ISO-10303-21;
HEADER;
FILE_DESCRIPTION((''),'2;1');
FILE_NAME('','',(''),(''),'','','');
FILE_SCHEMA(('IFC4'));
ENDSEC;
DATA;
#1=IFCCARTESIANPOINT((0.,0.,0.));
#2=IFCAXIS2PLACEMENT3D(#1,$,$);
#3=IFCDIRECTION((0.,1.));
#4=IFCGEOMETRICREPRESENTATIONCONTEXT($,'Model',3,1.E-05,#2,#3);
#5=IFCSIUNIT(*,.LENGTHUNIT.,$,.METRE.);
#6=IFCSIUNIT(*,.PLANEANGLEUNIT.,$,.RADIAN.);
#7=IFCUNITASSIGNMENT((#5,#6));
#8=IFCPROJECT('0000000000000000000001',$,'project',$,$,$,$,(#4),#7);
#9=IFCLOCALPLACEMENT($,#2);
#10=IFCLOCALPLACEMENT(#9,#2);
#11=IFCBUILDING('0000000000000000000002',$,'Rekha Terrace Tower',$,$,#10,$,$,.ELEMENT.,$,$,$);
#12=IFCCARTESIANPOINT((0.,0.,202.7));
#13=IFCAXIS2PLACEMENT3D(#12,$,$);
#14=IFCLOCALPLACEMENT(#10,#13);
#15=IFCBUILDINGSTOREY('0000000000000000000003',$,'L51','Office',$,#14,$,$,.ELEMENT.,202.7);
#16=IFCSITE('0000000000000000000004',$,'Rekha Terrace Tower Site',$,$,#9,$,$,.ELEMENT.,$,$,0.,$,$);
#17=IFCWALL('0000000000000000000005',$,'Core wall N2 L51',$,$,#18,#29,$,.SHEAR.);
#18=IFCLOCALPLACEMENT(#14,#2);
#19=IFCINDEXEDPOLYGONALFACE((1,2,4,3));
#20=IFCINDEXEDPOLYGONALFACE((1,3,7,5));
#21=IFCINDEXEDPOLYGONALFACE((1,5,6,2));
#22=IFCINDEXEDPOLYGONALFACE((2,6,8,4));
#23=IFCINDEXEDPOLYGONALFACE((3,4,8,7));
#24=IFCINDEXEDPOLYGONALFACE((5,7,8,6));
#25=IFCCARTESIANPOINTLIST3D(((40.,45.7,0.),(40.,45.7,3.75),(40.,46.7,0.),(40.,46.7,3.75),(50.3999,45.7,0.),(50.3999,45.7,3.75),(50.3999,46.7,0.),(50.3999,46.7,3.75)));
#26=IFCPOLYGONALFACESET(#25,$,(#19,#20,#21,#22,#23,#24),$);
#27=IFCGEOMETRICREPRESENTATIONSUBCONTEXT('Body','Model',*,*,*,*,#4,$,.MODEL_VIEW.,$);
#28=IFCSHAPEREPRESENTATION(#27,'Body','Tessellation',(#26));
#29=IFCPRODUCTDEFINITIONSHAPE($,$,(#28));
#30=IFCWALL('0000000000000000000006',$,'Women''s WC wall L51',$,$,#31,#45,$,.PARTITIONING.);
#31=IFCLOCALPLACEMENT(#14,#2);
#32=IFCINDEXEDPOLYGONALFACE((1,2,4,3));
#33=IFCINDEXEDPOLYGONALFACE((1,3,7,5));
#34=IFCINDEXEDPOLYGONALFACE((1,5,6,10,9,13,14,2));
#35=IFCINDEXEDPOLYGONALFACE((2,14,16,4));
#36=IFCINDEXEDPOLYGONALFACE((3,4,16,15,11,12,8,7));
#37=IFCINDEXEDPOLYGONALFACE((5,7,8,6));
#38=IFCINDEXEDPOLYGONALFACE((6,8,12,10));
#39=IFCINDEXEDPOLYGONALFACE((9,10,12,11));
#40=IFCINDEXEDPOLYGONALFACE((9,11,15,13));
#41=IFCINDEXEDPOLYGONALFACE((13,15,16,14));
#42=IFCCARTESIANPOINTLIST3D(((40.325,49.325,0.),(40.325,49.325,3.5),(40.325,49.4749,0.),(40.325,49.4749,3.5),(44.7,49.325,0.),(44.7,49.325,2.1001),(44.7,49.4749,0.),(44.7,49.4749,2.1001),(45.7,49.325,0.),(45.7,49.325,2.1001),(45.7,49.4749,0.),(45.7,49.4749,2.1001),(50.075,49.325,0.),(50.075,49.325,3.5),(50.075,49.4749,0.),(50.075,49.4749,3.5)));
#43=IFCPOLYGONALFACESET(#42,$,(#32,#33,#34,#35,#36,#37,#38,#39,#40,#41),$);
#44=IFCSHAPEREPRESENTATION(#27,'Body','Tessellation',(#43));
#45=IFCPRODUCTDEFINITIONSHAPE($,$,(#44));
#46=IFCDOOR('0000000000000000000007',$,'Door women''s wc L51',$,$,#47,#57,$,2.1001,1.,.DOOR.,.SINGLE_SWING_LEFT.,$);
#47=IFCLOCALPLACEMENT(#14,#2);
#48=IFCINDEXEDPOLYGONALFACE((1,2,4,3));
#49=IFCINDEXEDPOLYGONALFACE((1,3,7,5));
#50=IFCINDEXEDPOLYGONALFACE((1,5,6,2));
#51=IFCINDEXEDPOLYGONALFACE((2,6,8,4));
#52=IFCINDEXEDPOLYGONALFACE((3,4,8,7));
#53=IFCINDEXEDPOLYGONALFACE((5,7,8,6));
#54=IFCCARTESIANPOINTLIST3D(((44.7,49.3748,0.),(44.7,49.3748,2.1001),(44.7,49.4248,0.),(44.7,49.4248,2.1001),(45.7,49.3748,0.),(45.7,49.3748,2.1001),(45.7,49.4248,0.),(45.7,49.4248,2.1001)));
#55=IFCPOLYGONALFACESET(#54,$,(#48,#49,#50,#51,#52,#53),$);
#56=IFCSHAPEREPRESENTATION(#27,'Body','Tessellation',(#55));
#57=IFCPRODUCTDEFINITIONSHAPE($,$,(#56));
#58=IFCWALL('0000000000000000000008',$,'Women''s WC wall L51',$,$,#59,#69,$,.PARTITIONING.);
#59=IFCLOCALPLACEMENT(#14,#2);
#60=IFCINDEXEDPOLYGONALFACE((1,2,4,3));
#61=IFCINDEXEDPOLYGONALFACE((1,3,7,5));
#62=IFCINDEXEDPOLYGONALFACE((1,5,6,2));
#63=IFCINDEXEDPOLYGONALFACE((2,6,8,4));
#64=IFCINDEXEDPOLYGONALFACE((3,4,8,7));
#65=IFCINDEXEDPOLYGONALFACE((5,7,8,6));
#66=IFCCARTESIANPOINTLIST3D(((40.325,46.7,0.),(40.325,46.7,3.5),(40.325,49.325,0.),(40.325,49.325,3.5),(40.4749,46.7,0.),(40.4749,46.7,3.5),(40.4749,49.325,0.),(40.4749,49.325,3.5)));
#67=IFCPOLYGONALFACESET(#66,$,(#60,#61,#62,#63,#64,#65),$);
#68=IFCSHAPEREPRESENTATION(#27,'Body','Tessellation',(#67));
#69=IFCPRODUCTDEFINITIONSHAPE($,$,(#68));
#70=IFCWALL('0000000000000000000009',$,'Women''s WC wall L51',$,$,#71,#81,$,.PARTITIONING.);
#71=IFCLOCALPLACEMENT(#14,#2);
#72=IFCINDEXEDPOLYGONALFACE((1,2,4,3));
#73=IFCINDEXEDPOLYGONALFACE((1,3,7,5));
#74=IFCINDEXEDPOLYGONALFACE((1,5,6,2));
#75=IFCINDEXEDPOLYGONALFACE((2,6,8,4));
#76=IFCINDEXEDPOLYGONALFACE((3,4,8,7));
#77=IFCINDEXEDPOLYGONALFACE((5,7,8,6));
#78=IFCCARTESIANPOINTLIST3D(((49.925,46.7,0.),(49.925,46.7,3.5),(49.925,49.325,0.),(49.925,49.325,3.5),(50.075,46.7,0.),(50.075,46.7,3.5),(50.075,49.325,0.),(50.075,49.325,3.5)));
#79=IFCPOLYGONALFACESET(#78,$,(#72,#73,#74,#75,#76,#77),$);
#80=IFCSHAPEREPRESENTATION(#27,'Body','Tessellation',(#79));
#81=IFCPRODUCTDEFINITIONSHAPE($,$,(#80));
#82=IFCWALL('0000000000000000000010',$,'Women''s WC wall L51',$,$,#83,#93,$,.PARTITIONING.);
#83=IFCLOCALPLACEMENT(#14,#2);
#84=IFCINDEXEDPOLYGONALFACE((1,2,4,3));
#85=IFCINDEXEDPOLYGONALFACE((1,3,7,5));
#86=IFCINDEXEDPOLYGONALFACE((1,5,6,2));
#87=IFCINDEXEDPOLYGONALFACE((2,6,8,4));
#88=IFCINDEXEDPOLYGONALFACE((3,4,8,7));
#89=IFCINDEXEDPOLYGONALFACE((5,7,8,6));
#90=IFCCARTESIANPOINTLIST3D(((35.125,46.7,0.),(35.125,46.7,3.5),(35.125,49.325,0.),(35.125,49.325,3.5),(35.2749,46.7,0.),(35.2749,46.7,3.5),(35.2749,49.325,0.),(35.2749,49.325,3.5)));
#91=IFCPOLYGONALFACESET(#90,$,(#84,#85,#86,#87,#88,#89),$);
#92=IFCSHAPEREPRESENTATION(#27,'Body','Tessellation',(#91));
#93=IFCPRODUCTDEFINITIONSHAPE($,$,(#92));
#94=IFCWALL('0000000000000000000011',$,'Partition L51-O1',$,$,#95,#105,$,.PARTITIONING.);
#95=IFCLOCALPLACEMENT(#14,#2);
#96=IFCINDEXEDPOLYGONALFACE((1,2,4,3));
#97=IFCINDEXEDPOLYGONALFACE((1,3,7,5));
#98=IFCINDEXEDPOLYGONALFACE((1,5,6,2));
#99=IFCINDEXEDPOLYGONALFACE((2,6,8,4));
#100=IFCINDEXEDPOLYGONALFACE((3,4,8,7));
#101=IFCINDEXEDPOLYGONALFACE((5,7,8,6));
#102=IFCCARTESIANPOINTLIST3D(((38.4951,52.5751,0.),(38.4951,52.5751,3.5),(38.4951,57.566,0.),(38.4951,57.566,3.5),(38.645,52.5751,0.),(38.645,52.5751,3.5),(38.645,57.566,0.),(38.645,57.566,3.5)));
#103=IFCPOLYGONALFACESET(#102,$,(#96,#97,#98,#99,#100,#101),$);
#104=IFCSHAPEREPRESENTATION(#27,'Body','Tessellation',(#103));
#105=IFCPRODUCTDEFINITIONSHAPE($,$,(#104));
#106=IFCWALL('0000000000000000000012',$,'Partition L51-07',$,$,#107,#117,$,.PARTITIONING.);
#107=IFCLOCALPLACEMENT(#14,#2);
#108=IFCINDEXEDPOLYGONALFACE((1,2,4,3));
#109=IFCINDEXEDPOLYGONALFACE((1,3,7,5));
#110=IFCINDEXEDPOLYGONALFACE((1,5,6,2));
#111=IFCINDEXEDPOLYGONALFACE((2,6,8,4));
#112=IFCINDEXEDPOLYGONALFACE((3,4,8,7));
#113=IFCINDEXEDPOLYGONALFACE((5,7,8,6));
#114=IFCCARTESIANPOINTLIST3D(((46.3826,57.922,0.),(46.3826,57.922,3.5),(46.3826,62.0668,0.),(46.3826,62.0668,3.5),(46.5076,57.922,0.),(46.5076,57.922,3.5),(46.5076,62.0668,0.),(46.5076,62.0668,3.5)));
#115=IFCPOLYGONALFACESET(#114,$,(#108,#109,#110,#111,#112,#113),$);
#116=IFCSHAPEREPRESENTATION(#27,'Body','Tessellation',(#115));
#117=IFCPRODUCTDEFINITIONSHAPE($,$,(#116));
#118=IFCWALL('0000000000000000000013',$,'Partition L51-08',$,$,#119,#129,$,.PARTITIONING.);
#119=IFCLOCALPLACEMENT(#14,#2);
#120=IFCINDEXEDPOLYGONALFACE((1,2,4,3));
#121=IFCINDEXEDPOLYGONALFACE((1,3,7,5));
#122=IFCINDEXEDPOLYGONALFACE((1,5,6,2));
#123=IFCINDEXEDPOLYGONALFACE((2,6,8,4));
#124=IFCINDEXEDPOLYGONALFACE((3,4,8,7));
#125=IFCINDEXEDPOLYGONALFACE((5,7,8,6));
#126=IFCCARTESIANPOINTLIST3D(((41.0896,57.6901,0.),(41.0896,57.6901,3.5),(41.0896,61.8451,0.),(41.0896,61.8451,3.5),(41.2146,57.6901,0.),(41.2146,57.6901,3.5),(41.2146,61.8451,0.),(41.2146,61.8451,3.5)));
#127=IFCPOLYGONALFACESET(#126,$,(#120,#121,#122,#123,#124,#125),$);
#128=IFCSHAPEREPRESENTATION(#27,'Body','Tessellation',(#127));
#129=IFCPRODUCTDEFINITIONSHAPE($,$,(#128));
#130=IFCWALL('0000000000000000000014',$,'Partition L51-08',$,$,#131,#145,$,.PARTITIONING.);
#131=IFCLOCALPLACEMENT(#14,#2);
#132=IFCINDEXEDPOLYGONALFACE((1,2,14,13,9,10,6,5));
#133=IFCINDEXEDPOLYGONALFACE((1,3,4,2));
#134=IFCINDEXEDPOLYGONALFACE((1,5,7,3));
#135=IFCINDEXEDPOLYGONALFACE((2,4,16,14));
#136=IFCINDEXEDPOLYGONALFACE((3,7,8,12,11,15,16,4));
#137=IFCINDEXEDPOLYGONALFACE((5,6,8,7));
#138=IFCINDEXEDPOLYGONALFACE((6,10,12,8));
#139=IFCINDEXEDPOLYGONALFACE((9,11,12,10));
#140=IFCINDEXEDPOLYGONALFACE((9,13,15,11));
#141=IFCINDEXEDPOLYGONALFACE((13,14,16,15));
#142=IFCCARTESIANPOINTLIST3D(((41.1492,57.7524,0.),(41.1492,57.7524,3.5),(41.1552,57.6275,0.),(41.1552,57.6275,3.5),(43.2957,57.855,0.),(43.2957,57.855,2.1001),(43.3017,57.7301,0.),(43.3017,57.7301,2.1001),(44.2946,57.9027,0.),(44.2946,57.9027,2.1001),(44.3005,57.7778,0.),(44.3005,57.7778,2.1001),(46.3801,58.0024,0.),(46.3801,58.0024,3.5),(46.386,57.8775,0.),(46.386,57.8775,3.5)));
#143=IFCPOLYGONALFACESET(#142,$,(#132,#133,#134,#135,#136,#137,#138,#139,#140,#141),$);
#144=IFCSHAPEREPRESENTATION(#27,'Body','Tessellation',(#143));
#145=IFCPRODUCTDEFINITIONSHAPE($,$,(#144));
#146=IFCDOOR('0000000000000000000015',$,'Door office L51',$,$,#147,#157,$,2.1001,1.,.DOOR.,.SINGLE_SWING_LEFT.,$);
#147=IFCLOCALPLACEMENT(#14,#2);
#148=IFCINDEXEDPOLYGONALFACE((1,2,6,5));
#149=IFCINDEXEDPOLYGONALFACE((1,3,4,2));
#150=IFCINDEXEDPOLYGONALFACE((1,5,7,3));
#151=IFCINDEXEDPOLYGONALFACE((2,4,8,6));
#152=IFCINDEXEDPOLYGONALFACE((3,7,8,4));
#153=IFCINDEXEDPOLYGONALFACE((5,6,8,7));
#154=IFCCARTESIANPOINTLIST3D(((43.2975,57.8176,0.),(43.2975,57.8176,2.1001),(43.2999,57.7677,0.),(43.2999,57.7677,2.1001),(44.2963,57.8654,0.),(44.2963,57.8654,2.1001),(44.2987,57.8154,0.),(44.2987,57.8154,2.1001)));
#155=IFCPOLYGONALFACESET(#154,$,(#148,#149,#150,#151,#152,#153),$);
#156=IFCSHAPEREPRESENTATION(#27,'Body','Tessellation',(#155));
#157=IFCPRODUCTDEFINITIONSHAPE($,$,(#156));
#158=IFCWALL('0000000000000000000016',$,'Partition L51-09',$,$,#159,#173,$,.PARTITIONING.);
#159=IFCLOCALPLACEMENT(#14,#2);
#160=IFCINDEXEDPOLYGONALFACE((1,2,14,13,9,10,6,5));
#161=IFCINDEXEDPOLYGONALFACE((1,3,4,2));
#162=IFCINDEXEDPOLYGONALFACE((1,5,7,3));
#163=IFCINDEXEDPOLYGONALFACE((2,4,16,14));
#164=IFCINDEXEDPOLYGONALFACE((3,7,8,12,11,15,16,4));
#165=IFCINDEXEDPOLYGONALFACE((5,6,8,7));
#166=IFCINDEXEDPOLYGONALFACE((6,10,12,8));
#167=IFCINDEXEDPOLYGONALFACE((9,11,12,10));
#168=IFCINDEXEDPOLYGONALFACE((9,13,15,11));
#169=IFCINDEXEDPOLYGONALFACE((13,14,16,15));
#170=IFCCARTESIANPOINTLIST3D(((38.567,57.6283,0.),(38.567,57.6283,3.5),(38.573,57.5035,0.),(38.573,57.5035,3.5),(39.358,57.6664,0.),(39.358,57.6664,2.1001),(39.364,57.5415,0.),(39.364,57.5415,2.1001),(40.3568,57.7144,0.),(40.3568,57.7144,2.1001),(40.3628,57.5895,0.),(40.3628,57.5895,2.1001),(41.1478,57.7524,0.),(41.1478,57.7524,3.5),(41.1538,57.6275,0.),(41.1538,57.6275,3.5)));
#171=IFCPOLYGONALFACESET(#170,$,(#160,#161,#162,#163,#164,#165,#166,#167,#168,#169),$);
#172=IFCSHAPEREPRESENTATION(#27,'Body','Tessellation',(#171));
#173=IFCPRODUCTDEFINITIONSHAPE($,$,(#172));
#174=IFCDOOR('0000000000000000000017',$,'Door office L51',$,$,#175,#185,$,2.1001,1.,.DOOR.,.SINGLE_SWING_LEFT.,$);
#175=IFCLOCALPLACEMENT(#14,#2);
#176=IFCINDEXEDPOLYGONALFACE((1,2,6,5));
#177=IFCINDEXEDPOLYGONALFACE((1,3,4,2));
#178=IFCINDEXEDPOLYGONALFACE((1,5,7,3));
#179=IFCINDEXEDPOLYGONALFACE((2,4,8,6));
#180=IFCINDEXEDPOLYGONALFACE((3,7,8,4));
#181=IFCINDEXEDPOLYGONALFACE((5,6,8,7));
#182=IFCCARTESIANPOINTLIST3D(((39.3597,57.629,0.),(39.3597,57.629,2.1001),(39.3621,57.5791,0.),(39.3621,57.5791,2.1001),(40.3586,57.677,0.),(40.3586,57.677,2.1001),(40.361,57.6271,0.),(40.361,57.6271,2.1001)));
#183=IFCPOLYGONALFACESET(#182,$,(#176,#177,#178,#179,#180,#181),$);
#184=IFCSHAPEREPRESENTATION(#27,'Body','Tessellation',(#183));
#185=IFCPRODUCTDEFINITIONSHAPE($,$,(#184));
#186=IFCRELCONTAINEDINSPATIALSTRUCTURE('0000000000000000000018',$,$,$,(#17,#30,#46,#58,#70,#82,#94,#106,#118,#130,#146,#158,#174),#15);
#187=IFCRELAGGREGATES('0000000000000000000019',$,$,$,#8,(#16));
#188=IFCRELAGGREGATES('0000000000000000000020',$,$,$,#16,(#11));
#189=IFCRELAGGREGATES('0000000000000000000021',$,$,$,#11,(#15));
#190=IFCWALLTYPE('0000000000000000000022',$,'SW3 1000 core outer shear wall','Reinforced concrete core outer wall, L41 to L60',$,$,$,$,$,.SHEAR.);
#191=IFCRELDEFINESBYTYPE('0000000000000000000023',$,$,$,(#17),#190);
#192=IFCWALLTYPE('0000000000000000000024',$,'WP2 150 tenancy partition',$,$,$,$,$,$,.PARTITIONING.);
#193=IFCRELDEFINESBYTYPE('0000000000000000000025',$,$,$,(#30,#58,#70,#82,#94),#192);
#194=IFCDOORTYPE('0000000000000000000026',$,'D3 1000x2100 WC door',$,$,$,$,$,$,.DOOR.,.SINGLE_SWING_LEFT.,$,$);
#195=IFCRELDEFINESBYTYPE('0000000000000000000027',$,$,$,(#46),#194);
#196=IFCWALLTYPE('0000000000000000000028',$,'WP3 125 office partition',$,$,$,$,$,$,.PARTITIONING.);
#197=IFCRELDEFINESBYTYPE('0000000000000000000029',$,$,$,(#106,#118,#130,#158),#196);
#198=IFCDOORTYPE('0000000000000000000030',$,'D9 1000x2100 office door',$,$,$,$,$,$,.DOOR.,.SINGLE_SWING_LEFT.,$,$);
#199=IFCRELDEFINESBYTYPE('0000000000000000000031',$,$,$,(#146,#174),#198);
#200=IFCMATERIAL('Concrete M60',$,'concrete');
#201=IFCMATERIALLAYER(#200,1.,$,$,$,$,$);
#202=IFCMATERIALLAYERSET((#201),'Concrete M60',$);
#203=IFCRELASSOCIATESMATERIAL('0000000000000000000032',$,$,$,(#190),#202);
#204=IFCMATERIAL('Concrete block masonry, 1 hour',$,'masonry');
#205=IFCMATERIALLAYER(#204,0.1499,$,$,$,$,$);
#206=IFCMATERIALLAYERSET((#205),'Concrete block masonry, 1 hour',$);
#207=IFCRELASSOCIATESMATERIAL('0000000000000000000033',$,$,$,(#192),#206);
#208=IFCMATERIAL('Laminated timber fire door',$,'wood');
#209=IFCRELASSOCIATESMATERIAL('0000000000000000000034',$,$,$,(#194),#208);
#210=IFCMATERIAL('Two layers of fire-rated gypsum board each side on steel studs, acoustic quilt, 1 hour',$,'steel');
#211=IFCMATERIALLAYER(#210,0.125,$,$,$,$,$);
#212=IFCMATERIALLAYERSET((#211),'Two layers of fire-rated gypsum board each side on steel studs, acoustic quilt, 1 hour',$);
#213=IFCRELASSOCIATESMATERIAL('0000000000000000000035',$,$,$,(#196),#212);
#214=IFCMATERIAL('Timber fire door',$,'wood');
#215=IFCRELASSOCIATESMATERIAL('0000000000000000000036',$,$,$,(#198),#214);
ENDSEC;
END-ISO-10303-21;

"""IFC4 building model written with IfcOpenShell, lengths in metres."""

from ifc_helpers import new_model, si_unit, direction, frame, frame_2d, origin, place, context, subcontext, project, spatial, rectangle, extrude, material, layer, layer_set, type_object, element, fill, save


model = new_model("IFC4")

# Units and contexts
model_context = context("Model", 3, precision=1e-05, world=origin(), true_north=direction((0.0, 1.0)))
body_context = subcontext(model_context, "Body", "Model", "MODEL_VIEW")
ifc_project = project(units=[si_unit("LENGTHUNIT", "METRE"), si_unit("PLANEANGLEUNIT", "RADIAN")], contexts=[model_context])

# Site, building, storey
site_placement = place(None, origin())
site = spatial("IfcSite", under=ifc_project, at=site_placement, Name="Rekha Terrace Tower Site", CompositionType="ELEMENT", RefElevation=0.0)
building_placement = place(site_placement, origin())
building = spatial("IfcBuilding", under=site, at=building_placement, Name="Rekha Terrace Tower", CompositionType="ELEMENT")
storey_placement = place(building_placement, frame((0.0, 0.0, 202.7)))
storey = spatial("IfcBuildingStorey", under=building, at=storey_placement, Name="L51", Description="Office", CompositionType="ELEMENT", Elevation=202.7)

# Shared definitions
ifc_material_1 = material(Name="Concrete M60", Category="concrete")

# Wall
ifc_layer_1 = layer(ifc_material_1, 1.0)
ifc_layer_set_1 = layer_set([ifc_layer_1], Name="Concrete M60")
wall_type_1 = type_object("IfcWallType", Name="SW3 1000 core outer shear wall", Description="Reinforced concrete core outer wall, L41 to L60", PredefinedType="SHEAR", material=ifc_layer_set_1)
wall_1_placement = place(storey_placement, frame((40.0, 46.2, 0.0), z_axis=(0.0, 0.0, 1.0), x_axis=(1.0, 0.0, 0.0)))
element("IfcWall", 1, at=wall_1_placement, inside=storey, type_object=wall_type_1, Name="Core wall N2 L51", PredefinedType="SHEAR", context=body_context, shape_type="SweptSolid", body=[
    extrude(rectangle(XDim=10.3999, YDim=1.0, at=frame_2d((5.2, 0.0))), origin(), (0.0, 0.0, 1.0), 3.75),
])

# Wall, opening, door
ifc_material_2 = material(Name="Concrete block masonry, 1 hour", Category="masonry")
ifc_layer_2 = layer(ifc_material_2, 0.1499)
ifc_layer_set_2 = layer_set([ifc_layer_2], Name="Concrete block masonry, 1 hour")
wall_type_2 = type_object("IfcWallType", Name="WP2 150 tenancy partition", PredefinedType="PARTITIONING", material=ifc_layer_set_2)
wall_2_placement = place(storey_placement, frame((40.325, 49.3999, 0.0), z_axis=(0.0, 0.0, 1.0), x_axis=(1.0, 0.0, 0.0)))
wall_2 = element("IfcWall", 2, at=wall_2_placement, inside=storey, type_object=wall_type_2, Name="Women's WC wall L51", PredefinedType="PARTITIONING", context=body_context, shape_type="SweptSolid", body=[
    extrude(rectangle(XDim=9.75, YDim=0.1499, at=frame_2d((4.875, 0.0))), origin(), (0.0, 0.0, 1.0), 3.5),
])
opening_1_placement = place(wall_2_placement, frame((4.375, 0.0, 0.0)))
opening_1 = element("IfcOpeningElement", 3, at=opening_1_placement, cuts=wall_2, PredefinedType="OPENING", context=body_context, shape_type="SweptSolid", body=[
    extrude(rectangle(XDim=1.0, YDim=2.1001, at=frame_2d((0.5, 1.05))), frame((0.0, 0.085, 0.0), z_axis=(0.0, -1.0, 0.0), x_axis=(1.0, 0.0, 0.0)), (0.0, 0.0, 1.0), 0.1699),
])
ifc_material_3 = material(Name="Laminated timber fire door", Category="wood")
door_type_1 = type_object("IfcDoorType", Name="D3 1000x2100 WC door", OperationType="SINGLE_SWING_LEFT", PredefinedType="DOOR", material=ifc_material_3)
door_1_placement = place(opening_1_placement, origin())
door_1 = element("IfcDoor", 4, at=door_1_placement, inside=storey, type_object=door_type_1, Name="Door women's wc L51", OperationType="SINGLE_SWING_LEFT", OverallHeight=2.1001, OverallWidth=1.0, PredefinedType="DOOR", context=body_context, shape_type="SweptSolid", body=[
    extrude(rectangle(XDim=1.0, YDim=2.1001, at=frame_2d((0.5, 1.05))), frame((0.0, 0.0249, 0.0), z_axis=(0.0, -1.0, 0.0), x_axis=(1.0, 0.0, 0.0)), (0.0, 0.0, 1.0), 0.05),
])
fill(opening_1, door_1)

# Walls
for number, where, z_axis, x_axis, name in (
    (5, (40.3999, 46.7, 0.0), (0.0, 0.0, 1.0), (0.0, 1.0, 0.0), "Women's WC wall L51"),
    (6, (50.0, 46.7, 0.0), (0.0, 0.0, 1.0), (0.0, 1.0, 0.0), "Women's WC wall L51"),
    (7, (35.2, 46.7, 0.0), (0.0, 0.0, 1.0), (0.0, 1.0, 0.0), "Women's WC wall L51"),
):
    element("IfcWall", number, at=place(storey_placement, frame(where, z_axis=z_axis, x_axis=x_axis)), inside=storey, type_object=wall_type_2, Name=name, PredefinedType="PARTITIONING", context=body_context, shape_type="SweptSolid", body=[
        extrude(rectangle(XDim=2.625, YDim=0.1499, at=frame_2d((1.3125, 0.0))), origin(), (0.0, 0.0, 1.0), 3.5),
    ])
wall_3_placement = place(storey_placement, frame((38.5701, 52.575, 0.0), z_axis=(0.0, 0.0, 1.0), x_axis=(0.0, 1.0, 0.0)))
element("IfcWall", 8, at=wall_3_placement, inside=storey, type_object=wall_type_2, Name="Partition L51-O1", PredefinedType="PARTITIONING", context=body_context, shape_type="SweptSolid", body=[
    extrude(rectangle(XDim=4.991, YDim=0.1499, at=frame_2d((2.4956, 0.0))), origin(), (0.0, 0.0, 1.0), 3.5),
])
ifc_material_4 = material(Name="Two layers of fire-rated gypsum board each side on steel studs, acoustic quilt, 1 hour", Category="steel")
ifc_layer_3 = layer(ifc_material_4, 0.125)
ifc_layer_set_3 = layer_set([ifc_layer_3], Name="Two layers of fire-rated gypsum board each side on steel studs, acoustic quilt, 1 hour")
wall_type_3 = type_object("IfcWallType", Name="WP3 125 office partition", PredefinedType="PARTITIONING", material=ifc_layer_set_3)
wall_4_placement = place(storey_placement, frame((46.4451, 57.9221, 0.0), z_axis=(0.0, 0.0, 1.0), x_axis=(0.0, 1.0, 0.0)))
element("IfcWall", 9, at=wall_4_placement, inside=storey, type_object=wall_type_3, Name="Partition L51-07", PredefinedType="PARTITIONING", context=body_context, shape_type="SweptSolid", body=[
    extrude(rectangle(XDim=4.1448, YDim=0.125, at=frame_2d((2.0723, 0.0))), origin(), (0.0, 0.0, 1.0), 3.5),
])
wall_5_placement = place(storey_placement, frame((41.1521, 57.6899, 0.0), z_axis=(0.0, 0.0, 1.0), x_axis=(0.0, 1.0, 0.0)))
element("IfcWall", 10, at=wall_5_placement, inside=storey, type_object=wall_type_3, Name="Partition L51-08", PredefinedType="PARTITIONING", context=body_context, shape_type="SweptSolid", body=[
    extrude(rectangle(XDim=4.155, YDim=0.125, at=frame_2d((2.0776, 0.0))), origin(), (0.0, 0.0, 1.0), 3.5),
])

# Walls, openings, doors
wall_6_placement = place(storey_placement, frame((46.3831, 57.9399, 0.0), z_axis=(0.0, 0.0, 1.0), x_axis=(-0.99886, -0.047738, 0.0)))
wall_6 = element("IfcWall", 11, at=wall_6_placement, inside=storey, type_object=wall_type_3, Name="Partition L51-08", PredefinedType="PARTITIONING", context=body_context, shape_type="SweptSolid", body=[
    extrude(rectangle(XDim=5.2368, YDim=0.125, at=frame_2d((2.6184, 0.0))), origin(), (0.0, 0.0, 1.0), 3.5),
])
opening_2_placement = place(wall_6_placement, frame((2.0879, 0.0, 0.0)))
opening_2 = element("IfcOpeningElement", 12, at=opening_2_placement, cuts=wall_6, PredefinedType="OPENING", context=body_context, shape_type="SweptSolid", body=[
    extrude(rectangle(XDim=1.0, YDim=2.1001, at=frame_2d((0.5, 1.05))), frame((0.0, 0.0725, 0.0), z_axis=(0.0, -1.0, 0.0), x_axis=(1.0, 0.0, 0.0)), (0.0, 0.0, 1.0), 0.145),
])
ifc_material_5 = material(Name="Timber fire door", Category="wood")
door_type_2 = type_object("IfcDoorType", Name="D9 1000x2100 office door", OperationType="SINGLE_SWING_LEFT", PredefinedType="DOOR", material=ifc_material_5)
door_2_placement = place(opening_2_placement, origin())
door_2 = element("IfcDoor", 13, at=door_2_placement, inside=storey, type_object=door_type_2, Name="Door office L51", OperationType="SINGLE_SWING_LEFT", OverallHeight=2.1001, OverallWidth=1.0, PredefinedType="DOOR", context=body_context, shape_type="SweptSolid", body=[
    extrude(rectangle(XDim=1.0, YDim=2.1001, at=frame_2d((0.5, 1.05))), frame((0.0, 0.0249, 0.0), z_axis=(0.0, -1.0, 0.0), x_axis=(1.0, 0.0, 0.0)), (0.0, 0.0, 1.0), 0.05),
])
fill(opening_2, door_2)
wall_7_placement = place(storey_placement, frame((41.1509, 57.6899, 0.0), z_axis=(0.0, 0.0, 1.0), x_axis=(-0.998847, -0.048001, 0.0)))
wall_7 = element("IfcWall", 14, at=wall_7_placement, inside=storey, type_object=wall_type_3, Name="Partition L51-09", PredefinedType="PARTITIONING", context=body_context, shape_type="SweptSolid", body=[
    extrude(rectangle(XDim=2.5837, YDim=0.125, at=frame_2d((1.292, 0.0))), origin(), (0.0, 0.0, 1.0), 3.5),
])
opening_3_placement = place(wall_7_placement, frame((0.792, 0.0, 0.0)))
opening_3 = element("IfcOpeningElement", 15, at=opening_3_placement, cuts=wall_7, PredefinedType="OPENING", context=body_context, shape_type="SweptSolid", body=[
    extrude(rectangle(XDim=1.0, YDim=2.1001, at=frame_2d((0.5, 1.05))), frame((0.0, 0.0725, 0.0), z_axis=(0.0, -1.0, 0.0), x_axis=(1.0, 0.0, 0.0)), (0.0, 0.0, 1.0), 0.145),
])
door_3_placement = place(opening_3_placement, origin())
door_3 = element("IfcDoor", 16, at=door_3_placement, inside=storey, type_object=door_type_2, Name="Door office L51", OperationType="SINGLE_SWING_LEFT", OverallHeight=2.1001, OverallWidth=1.0, PredefinedType="DOOR", context=body_context, shape_type="SweptSolid", body=[
    extrude(rectangle(XDim=1.0, YDim=2.1001, at=frame_2d((0.5, 1.05))), frame((0.0, 0.0249, 0.0), z_axis=(0.0, -1.0, 0.0), x_axis=(1.0, 0.0, 0.0)), (0.0, 0.0, 1.0), 0.05),
])
fill(opening_3, door_3)

save(model, "model.ifc")
